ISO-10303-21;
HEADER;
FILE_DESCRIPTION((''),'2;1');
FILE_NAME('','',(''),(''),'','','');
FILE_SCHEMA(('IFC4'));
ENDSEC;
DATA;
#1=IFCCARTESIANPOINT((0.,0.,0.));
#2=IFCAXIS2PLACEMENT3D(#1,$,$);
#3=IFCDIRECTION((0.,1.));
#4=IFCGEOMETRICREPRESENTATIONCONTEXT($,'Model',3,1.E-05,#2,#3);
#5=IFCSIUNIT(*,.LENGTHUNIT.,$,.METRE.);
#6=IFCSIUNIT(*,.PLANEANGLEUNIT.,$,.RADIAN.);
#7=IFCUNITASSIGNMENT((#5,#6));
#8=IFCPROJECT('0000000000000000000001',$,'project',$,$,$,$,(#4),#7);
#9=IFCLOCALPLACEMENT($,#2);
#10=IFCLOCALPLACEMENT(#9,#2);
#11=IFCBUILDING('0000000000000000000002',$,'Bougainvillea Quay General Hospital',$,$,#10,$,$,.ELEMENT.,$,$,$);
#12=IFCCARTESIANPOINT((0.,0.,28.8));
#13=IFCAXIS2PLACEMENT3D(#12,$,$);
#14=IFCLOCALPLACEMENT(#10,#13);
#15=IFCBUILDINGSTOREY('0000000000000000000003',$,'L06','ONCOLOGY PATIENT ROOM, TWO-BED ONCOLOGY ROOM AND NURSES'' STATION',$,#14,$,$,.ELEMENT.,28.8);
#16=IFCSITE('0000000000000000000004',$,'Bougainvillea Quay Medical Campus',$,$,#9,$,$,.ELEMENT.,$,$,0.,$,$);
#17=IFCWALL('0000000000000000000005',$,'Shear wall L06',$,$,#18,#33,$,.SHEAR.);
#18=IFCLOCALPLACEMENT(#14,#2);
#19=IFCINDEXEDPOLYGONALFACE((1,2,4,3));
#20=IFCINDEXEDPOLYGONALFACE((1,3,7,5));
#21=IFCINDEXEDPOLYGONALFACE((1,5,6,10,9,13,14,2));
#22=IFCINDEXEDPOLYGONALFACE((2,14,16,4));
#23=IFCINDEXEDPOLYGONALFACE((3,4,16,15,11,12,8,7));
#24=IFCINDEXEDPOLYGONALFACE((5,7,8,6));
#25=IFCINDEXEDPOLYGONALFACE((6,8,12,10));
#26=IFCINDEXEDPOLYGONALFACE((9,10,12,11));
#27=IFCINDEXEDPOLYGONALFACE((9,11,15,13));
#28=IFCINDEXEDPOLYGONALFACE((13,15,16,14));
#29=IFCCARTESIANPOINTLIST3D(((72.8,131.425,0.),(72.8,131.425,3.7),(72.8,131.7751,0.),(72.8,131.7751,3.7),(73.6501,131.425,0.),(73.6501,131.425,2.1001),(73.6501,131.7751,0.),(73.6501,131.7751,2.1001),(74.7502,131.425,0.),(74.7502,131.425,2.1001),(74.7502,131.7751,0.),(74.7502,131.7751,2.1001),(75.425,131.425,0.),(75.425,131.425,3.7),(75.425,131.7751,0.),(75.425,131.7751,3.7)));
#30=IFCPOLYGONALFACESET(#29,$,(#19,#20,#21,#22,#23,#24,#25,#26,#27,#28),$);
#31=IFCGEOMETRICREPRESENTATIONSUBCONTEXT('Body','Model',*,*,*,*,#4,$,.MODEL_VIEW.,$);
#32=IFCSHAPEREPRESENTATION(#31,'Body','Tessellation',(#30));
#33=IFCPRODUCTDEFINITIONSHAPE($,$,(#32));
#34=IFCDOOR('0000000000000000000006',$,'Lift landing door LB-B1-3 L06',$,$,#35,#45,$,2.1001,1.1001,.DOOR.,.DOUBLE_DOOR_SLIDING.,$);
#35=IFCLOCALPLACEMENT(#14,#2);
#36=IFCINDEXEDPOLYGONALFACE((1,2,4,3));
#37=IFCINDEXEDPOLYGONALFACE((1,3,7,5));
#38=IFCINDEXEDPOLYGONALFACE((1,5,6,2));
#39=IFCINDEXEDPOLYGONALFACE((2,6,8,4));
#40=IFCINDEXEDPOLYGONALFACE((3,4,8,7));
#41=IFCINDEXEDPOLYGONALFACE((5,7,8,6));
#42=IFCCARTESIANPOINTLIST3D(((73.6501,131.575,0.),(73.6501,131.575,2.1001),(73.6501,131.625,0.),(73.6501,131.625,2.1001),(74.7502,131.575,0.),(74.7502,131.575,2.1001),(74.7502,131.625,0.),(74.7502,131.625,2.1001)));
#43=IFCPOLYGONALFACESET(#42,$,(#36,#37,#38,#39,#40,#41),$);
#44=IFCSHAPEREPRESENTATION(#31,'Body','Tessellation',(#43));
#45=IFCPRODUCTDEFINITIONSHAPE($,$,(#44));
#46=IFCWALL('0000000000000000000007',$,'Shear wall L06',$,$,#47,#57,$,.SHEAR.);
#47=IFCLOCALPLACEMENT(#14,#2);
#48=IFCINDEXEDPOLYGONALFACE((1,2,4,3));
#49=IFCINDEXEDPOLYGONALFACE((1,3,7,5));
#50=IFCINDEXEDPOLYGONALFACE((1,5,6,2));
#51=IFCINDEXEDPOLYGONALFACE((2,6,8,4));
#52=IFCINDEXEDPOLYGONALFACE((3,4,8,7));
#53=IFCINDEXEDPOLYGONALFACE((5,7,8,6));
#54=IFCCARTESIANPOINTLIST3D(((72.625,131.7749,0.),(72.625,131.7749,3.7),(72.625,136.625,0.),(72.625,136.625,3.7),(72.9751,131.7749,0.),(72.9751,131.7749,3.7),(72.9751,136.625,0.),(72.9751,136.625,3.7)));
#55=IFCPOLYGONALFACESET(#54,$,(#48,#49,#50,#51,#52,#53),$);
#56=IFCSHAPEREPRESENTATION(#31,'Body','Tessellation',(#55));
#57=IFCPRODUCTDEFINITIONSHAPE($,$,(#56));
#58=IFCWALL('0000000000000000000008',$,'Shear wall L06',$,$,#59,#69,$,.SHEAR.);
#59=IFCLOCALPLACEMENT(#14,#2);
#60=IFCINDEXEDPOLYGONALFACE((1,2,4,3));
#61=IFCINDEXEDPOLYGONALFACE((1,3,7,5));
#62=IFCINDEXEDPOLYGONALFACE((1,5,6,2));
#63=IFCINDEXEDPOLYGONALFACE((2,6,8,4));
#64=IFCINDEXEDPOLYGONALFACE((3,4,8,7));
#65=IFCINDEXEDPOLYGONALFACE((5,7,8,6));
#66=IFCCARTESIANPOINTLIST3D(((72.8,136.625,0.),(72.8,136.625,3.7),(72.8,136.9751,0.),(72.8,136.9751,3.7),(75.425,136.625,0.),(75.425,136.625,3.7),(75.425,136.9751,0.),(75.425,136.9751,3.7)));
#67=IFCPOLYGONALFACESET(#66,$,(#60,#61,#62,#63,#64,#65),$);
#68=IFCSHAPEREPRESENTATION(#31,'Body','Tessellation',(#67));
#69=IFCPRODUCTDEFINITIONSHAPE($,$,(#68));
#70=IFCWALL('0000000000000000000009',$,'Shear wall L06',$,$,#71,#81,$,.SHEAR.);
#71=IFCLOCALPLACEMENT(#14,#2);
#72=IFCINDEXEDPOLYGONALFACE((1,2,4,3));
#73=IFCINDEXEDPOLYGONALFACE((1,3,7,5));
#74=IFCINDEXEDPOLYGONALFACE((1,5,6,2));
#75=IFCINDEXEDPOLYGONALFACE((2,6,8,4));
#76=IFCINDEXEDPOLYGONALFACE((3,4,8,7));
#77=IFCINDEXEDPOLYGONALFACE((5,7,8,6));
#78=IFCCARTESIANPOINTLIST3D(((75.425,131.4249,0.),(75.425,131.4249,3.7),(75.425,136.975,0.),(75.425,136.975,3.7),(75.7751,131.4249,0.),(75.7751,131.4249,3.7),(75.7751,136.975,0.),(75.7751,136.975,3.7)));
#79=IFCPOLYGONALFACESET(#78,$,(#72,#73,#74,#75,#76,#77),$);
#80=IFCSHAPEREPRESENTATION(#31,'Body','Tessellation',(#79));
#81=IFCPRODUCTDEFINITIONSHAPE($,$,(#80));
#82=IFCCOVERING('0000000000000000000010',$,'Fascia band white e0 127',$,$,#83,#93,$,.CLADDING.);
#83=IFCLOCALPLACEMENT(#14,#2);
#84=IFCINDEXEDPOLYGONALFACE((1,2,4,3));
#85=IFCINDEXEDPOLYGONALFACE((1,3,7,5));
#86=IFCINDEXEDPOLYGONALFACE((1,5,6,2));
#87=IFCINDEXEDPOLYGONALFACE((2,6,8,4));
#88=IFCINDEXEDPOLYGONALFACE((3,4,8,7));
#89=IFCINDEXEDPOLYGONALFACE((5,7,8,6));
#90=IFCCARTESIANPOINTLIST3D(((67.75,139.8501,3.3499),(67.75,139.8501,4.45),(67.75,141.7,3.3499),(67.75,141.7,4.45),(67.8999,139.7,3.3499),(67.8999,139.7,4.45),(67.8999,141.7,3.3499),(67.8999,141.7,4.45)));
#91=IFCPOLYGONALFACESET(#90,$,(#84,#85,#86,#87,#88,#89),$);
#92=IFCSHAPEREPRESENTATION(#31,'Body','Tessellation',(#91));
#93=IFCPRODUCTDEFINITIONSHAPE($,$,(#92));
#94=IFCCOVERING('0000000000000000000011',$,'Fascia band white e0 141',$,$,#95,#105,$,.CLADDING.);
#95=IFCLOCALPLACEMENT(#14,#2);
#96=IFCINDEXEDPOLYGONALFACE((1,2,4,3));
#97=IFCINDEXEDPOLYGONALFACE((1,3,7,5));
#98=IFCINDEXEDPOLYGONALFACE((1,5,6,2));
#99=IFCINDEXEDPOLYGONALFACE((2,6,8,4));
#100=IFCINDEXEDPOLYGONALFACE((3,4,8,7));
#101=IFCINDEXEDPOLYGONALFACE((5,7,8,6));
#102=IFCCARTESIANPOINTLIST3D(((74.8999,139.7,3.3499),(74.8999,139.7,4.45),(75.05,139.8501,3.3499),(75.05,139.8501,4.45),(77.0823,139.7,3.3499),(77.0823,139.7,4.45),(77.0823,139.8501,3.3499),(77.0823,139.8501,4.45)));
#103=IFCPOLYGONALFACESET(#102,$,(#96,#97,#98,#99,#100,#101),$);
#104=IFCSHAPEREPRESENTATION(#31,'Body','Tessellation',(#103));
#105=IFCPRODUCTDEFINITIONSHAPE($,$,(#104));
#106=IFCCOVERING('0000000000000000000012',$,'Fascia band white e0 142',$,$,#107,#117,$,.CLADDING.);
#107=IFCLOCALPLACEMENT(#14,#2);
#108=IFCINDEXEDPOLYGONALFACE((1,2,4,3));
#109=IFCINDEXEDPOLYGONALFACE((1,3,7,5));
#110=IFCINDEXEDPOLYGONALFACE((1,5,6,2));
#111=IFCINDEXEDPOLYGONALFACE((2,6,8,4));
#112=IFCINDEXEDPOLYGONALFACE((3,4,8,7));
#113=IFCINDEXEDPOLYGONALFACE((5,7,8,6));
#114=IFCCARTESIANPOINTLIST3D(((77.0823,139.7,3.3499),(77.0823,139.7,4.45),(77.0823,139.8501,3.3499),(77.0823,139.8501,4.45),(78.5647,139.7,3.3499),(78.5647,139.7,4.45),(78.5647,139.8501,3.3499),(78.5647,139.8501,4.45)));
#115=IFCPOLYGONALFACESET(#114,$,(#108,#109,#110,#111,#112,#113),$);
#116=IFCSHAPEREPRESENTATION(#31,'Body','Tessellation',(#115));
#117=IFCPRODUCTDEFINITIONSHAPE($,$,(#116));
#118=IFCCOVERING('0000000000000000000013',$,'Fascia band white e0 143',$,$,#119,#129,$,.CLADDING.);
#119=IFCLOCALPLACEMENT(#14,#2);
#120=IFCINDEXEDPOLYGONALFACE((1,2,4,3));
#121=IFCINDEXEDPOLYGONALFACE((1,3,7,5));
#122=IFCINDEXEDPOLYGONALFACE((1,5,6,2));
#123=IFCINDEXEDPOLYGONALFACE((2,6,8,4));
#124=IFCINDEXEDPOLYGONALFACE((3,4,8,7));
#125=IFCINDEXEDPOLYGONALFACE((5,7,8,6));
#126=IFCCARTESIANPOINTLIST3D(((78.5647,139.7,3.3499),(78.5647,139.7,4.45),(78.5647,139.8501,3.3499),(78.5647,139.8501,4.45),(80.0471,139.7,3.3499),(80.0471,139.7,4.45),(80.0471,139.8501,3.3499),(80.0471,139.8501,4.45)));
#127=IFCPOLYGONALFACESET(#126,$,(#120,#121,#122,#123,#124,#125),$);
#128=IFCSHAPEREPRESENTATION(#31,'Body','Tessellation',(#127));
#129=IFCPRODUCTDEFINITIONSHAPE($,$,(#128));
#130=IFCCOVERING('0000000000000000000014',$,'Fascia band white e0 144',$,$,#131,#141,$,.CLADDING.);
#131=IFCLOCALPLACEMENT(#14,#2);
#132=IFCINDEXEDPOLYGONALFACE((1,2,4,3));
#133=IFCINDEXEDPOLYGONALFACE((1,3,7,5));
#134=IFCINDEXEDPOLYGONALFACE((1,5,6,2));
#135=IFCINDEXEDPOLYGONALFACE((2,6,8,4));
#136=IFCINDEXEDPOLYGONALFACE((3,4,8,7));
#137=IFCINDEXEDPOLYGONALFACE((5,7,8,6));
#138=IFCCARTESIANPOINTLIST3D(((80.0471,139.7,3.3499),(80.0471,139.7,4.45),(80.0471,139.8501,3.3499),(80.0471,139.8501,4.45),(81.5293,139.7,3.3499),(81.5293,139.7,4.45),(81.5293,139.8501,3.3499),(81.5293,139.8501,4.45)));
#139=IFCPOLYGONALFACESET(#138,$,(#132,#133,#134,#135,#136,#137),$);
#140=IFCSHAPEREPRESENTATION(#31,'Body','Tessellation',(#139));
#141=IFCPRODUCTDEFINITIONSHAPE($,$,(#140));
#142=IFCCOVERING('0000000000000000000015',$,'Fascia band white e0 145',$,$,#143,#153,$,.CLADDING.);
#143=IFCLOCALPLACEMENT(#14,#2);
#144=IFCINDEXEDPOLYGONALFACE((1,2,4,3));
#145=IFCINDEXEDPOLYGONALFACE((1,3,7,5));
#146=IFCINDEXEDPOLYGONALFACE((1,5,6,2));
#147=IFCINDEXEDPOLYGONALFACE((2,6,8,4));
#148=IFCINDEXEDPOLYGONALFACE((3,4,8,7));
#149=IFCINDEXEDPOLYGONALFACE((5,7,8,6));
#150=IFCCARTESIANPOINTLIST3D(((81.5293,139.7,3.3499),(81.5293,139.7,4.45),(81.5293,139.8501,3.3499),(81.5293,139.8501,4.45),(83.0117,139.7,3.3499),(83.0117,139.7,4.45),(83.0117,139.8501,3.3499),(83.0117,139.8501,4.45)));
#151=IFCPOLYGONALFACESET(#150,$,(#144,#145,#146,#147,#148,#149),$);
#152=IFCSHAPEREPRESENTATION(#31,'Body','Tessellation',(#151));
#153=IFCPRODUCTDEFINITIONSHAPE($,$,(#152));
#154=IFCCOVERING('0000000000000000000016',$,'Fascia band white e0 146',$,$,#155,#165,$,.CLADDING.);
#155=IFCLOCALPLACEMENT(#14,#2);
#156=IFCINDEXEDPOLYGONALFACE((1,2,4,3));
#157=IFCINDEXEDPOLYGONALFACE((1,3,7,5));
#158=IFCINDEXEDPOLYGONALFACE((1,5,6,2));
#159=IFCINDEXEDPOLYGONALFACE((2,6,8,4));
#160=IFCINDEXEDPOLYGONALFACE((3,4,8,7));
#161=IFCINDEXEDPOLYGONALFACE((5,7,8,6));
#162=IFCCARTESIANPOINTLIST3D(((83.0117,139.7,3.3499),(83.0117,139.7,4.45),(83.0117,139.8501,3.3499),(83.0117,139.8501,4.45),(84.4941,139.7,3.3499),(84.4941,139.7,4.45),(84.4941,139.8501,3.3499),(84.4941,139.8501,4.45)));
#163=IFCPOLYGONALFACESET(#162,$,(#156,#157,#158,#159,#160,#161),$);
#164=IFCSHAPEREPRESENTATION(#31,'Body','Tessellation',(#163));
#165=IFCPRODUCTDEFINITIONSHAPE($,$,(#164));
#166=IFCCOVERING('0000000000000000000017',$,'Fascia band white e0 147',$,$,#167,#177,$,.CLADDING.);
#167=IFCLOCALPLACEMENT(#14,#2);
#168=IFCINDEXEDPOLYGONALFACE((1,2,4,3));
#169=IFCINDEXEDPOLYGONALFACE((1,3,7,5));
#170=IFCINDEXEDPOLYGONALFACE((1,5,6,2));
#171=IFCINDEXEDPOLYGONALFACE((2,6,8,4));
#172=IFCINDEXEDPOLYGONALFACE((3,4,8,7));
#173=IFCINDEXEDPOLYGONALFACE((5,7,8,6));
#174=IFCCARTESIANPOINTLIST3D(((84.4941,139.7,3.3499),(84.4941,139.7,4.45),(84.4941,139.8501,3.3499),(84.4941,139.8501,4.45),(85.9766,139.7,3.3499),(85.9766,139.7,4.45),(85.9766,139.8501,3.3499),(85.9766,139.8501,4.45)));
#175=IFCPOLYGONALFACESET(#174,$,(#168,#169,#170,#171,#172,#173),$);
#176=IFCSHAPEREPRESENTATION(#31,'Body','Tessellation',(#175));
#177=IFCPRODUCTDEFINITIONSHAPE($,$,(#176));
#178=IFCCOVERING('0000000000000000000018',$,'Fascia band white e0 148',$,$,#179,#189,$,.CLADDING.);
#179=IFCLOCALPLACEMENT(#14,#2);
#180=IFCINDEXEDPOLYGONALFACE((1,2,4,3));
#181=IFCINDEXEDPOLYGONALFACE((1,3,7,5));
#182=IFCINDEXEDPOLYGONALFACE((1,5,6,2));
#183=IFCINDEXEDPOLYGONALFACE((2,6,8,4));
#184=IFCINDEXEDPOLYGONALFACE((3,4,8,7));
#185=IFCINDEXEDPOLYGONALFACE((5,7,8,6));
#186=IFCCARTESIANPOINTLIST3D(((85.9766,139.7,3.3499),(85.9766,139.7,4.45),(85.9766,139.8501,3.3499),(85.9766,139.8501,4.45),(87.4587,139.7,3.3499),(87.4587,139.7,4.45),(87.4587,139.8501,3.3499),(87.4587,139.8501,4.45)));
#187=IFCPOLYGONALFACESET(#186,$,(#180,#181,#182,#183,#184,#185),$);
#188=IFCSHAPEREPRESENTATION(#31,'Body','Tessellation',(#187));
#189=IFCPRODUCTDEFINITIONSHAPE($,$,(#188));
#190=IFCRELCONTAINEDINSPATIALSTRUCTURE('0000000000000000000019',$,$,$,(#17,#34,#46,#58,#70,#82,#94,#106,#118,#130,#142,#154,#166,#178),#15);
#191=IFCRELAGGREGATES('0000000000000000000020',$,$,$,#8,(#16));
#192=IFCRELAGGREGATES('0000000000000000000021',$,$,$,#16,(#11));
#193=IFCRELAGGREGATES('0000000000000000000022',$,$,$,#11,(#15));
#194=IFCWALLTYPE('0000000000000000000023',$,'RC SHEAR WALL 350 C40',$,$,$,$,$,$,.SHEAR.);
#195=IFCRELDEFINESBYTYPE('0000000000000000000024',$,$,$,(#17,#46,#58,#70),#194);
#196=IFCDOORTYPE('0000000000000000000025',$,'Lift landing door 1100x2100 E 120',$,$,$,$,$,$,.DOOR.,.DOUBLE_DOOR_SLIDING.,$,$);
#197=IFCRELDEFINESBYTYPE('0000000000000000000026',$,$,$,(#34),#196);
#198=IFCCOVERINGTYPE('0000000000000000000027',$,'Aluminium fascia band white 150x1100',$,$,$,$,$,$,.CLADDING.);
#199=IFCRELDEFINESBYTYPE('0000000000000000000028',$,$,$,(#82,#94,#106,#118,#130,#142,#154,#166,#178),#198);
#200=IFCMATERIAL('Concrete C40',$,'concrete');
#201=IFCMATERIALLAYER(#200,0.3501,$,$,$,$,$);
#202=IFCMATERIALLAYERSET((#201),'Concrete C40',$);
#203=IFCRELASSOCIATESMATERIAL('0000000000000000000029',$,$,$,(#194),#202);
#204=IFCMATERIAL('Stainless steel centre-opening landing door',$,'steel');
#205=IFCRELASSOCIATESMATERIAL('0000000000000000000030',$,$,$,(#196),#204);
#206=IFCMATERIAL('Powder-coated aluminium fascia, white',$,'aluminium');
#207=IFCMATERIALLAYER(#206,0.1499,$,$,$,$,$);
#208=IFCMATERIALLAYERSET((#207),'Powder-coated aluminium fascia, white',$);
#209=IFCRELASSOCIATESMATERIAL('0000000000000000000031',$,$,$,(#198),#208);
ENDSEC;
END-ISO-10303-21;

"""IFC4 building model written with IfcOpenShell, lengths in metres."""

from ifc_helpers import new_model, si_unit, direction, frame, frame_2d, origin, place, context, subcontext, project, spatial, polyline, rectangle, outline, extrude, material, layer, layer_set, type_object, element, fill, save


model = new_model("IFC4")

# Units and contexts
model_context = context("Model", 3, precision=1e-05, world=origin(), true_north=direction((0.0, 1.0)))
body_context = subcontext(model_context, "Body", "Model", "MODEL_VIEW")
ifc_project = project(units=[si_unit("LENGTHUNIT", "METRE"), si_unit("PLANEANGLEUNIT", "RADIAN")], contexts=[model_context])

# Site, building, storey
site_placement = place(None, origin())
site = spatial("IfcSite", under=ifc_project, at=site_placement, Name="Bougainvillea Quay Medical Campus", CompositionType="ELEMENT", RefElevation=0.0)
building_placement = place(site_placement, origin())
building = spatial("IfcBuilding", under=site, at=building_placement, Name="Bougainvillea Quay General Hospital", CompositionType="ELEMENT")
storey_placement = place(building_placement, frame((0.0, 0.0, 28.8)))
storey = spatial("IfcBuildingStorey", under=building, at=storey_placement, Name="L06", Description="ONCOLOGY PATIENT ROOM, TWO-BED ONCOLOGY ROOM AND NURSES' STATION", CompositionType="ELEMENT", Elevation=28.8)

# Shared definitions
ifc_material_1 = material(Name="Concrete C40", Category="concrete")

# Shared definitions
ifc_layer_1 = layer(ifc_material_1, 0.3501)
ifc_layer_set_1 = layer_set([ifc_layer_1], Name="Concrete C40")
wall_type_1 = type_object("IfcWallType", Name="RC SHEAR WALL 350 C40", PredefinedType="SHEAR", material=ifc_layer_set_1)

# Shared definitions
ifc_material_2 = material(Name="Stainless steel centre-opening landing door", Category="steel")
door_type_1 = type_object("IfcDoorType", Name="Lift landing door 1100x2100 E 120", OperationType="DOUBLE_DOOR_SLIDING", PredefinedType="DOOR", material=ifc_material_2)

# Wall, opening, door
wall_1_placement = place(storey_placement, frame((72.8, 131.6001, 0.0), z_axis=(0.0, 0.0, 1.0), x_axis=(1.0, 0.0, 0.0)))
wall_1 = element("IfcWall", 1, at=wall_1_placement, inside=storey, type_object=wall_type_1, Name="Shear wall L06", PredefinedType="SHEAR", context=body_context, shape_type="SweptSolid", body=[
    extrude(rectangle(XDim=2.625, YDim=0.3501, at=frame_2d((1.3125, 0.0))), origin(), (0.0, 0.0, 1.0), 3.7),
])
opening_1_placement = place(wall_1_placement, frame((0.8501, 0.0, 0.0)))
opening_1 = element("IfcOpeningElement", 2, at=opening_1_placement, cuts=wall_1, PredefinedType="OPENING", context=body_context, shape_type="SweptSolid", body=[
    extrude(rectangle(XDim=1.1001, YDim=2.1001, at=frame_2d((0.55, 1.05))), frame((0.0, 0.1851, 0.0), z_axis=(0.0, -1.0, 0.0), x_axis=(1.0, 0.0, 0.0)), (0.0, 0.0, 1.0), 0.3701),
])
door_1_placement = place(opening_1_placement, origin())
door_1 = element("IfcDoor", 3, at=door_1_placement, inside=storey, type_object=door_type_1, Name="Lift landing door LB-B1-3 L06", OperationType="DOUBLE_DOOR_SLIDING", OverallHeight=2.1001, OverallWidth=1.1001, PredefinedType="DOOR", context=body_context, shape_type="SweptSolid", body=[
    extrude(rectangle(XDim=1.1001, YDim=2.1001, at=frame_2d((0.55, 1.05))), frame((0.0, 0.0249, 0.0), z_axis=(0.0, -1.0, 0.0), x_axis=(1.0, 0.0, 0.0)), (0.0, 0.0, 1.0), 0.05),
])
fill(opening_1, door_1)

# Walls
wall_2_placement = place(storey_placement, frame((72.8, 131.7749, 0.0), z_axis=(0.0, 0.0, 1.0), x_axis=(0.0, 1.0, 0.0)))
element("IfcWall", 4, at=wall_2_placement, inside=storey, type_object=wall_type_1, Name="Shear wall L06", PredefinedType="SHEAR", context=body_context, shape_type="SweptSolid", body=[
    extrude(rectangle(XDim=4.8501, YDim=0.3501, at=frame_2d((2.425, 0.0))), origin(), (0.0, 0.0, 1.0), 3.7),
])
wall_3_placement = place(storey_placement, frame((72.8, 136.8, 0.0), z_axis=(0.0, 0.0, 1.0), x_axis=(1.0, 0.0, 0.0)))
element("IfcWall", 5, at=wall_3_placement, inside=storey, type_object=wall_type_1, Name="Shear wall L06", PredefinedType="SHEAR", context=body_context, shape_type="SweptSolid", body=[
    extrude(rectangle(XDim=2.625, YDim=0.3501, at=frame_2d((1.3125, 0.0))), origin(), (0.0, 0.0, 1.0), 3.7),
])
wall_4_placement = place(storey_placement, frame((75.6001, 131.425, 0.0), z_axis=(0.0, 0.0, 1.0), x_axis=(0.0, 1.0, 0.0)))
element("IfcWall", 6, at=wall_4_placement, inside=storey, type_object=wall_type_1, Name="Shear wall L06", PredefinedType="SHEAR", context=body_context, shape_type="SweptSolid", body=[
    extrude(rectangle(XDim=5.55, YDim=0.3501, at=frame_2d((2.7749, 0.0))), origin(), (0.0, 0.0, 1.0), 3.7),
])

# Coverings
ifc_material_3 = material(Name="Powder-coated aluminium fascia, white", Category="aluminium")
ifc_layer_2 = layer(ifc_material_3, 0.1499)
ifc_layer_set_2 = layer_set([ifc_layer_2], Name="Powder-coated aluminium fascia, white")
covering_type = type_object("IfcCoveringType", Name="Aluminium fascia band white 150x1100", PredefinedType="CLADDING", material=ifc_layer_set_2)
covering_1_placement = place(storey_placement, frame((67.75, 139.8501, 3.3499), z_axis=(0.0, 0.0, 1.0), x_axis=(0.0, 1.0, 0.0)))
element("IfcCovering", 7, at=covering_1_placement, inside=storey, type_object=covering_type, Name="Fascia band white e0 127", PredefinedType="CLADDING", context=body_context, shape_type="SweptSolid", body=[
    extrude(outline(polyline([(0.0, 0.0), (1.8499, 0.0), (1.8499, -0.1499), (-0.1501, -0.1499), (0.0, 0.0)])), origin(), (0.0, 0.0, 1.0), 1.1001),
])
covering_2_placement = place(storey_placement, frame((75.05, 139.8501, 3.3499), z_axis=(0.0, 0.0, 1.0), x_axis=(1.0, 0.0, 0.0)))
element("IfcCovering", 8, at=covering_2_placement, inside=storey, type_object=covering_type, Name="Fascia band white e0 141", PredefinedType="CLADDING", context=body_context, shape_type="SweptSolid", body=[
    extrude(outline(polyline([(0.0, 0.0), (2.0322, 0.0), (2.0322, -0.1501), (-0.1501, -0.1501), (0.0, 0.0)])), origin(), (0.0, 0.0, 1.0), 1.1001),
])
for number, where, z_axis, x_axis, name in (
    (9, (77.0823, 139.8501, 3.3499), (0.0, 0.0, 1.0), (1.0, 0.0, 0.0), "Fascia band white e0 142"),
    (10, (78.5647, 139.8501, 3.3499), (0.0, 0.0, 1.0), (1.0, 0.0, 0.0), "Fascia band white e0 143"),
):
    element("IfcCovering", number, at=place(storey_placement, frame(where, z_axis=z_axis, x_axis=x_axis)), inside=storey, type_object=covering_type, Name=name, PredefinedType="CLADDING", context=body_context, shape_type="SweptSolid", body=[
        extrude(outline(polyline([(0.0, 0.0), (1.4824, 0.0), (1.4824, -0.1501), (0.0, -0.1501), (0.0, 0.0)])), origin(), (0.0, 0.0, 1.0), 1.1001),
    ])
covering_3_placement = place(storey_placement, frame((80.0471, 139.8501, 3.3499), z_axis=(0.0, 0.0, 1.0), x_axis=(1.0, 0.0, 0.0)))
element("IfcCovering", 11, at=covering_3_placement, inside=storey, type_object=covering_type, Name="Fascia band white e0 144", PredefinedType="CLADDING", context=body_context, shape_type="SweptSolid", body=[
    extrude(outline(polyline([(0.0, 0.0), (1.4822, 0.0), (1.4822, -0.1501), (0.0, -0.1501), (0.0, 0.0)])), origin(), (0.0, 0.0, 1.0), 1.1001),
])
for number, where, z_axis, x_axis, name in (
    (12, (81.5293, 139.8501, 3.3499), (0.0, 0.0, 1.0), (1.0, 0.0, 0.0), "Fascia band white e0 145"),
    (13, (83.0117, 139.8501, 3.3499), (0.0, 0.0, 1.0), (1.0, 0.0, 0.0), "Fascia band white e0 146"),
    (14, (84.4941, 139.8501, 3.3499), (0.0, 0.0, 1.0), (1.0, 0.0, 0.0), "Fascia band white e0 147"),
):
    element("IfcCovering", number, at=place(storey_placement, frame(where, z_axis=z_axis, x_axis=x_axis)), inside=storey, type_object=covering_type, Name=name, PredefinedType="CLADDING", context=body_context, shape_type="SweptSolid", body=[
        extrude(outline(polyline([(0.0, 0.0), (1.4824, 0.0), (1.4824, -0.1501), (0.0, -0.1501), (0.0, 0.0)])), origin(), (0.0, 0.0, 1.0), 1.1001),
    ])
covering_4_placement = place(storey_placement, frame((85.9766, 139.8501, 3.3499), z_axis=(0.0, 0.0, 1.0), x_axis=(1.0, 0.0, 0.0)))
element("IfcCovering", 15, at=covering_4_placement, inside=storey, type_object=covering_type, Name="Fascia band white e0 148", PredefinedType="CLADDING", context=body_context, shape_type="SweptSolid", body=[
    extrude(outline(polyline([(0.0, 0.0), (1.4822, 0.0), (1.4822, -0.1501), (0.0, -0.1501), (0.0, 0.0)])), origin(), (0.0, 0.0, 1.0), 1.1001),
])

save(model, "model.ifc")
